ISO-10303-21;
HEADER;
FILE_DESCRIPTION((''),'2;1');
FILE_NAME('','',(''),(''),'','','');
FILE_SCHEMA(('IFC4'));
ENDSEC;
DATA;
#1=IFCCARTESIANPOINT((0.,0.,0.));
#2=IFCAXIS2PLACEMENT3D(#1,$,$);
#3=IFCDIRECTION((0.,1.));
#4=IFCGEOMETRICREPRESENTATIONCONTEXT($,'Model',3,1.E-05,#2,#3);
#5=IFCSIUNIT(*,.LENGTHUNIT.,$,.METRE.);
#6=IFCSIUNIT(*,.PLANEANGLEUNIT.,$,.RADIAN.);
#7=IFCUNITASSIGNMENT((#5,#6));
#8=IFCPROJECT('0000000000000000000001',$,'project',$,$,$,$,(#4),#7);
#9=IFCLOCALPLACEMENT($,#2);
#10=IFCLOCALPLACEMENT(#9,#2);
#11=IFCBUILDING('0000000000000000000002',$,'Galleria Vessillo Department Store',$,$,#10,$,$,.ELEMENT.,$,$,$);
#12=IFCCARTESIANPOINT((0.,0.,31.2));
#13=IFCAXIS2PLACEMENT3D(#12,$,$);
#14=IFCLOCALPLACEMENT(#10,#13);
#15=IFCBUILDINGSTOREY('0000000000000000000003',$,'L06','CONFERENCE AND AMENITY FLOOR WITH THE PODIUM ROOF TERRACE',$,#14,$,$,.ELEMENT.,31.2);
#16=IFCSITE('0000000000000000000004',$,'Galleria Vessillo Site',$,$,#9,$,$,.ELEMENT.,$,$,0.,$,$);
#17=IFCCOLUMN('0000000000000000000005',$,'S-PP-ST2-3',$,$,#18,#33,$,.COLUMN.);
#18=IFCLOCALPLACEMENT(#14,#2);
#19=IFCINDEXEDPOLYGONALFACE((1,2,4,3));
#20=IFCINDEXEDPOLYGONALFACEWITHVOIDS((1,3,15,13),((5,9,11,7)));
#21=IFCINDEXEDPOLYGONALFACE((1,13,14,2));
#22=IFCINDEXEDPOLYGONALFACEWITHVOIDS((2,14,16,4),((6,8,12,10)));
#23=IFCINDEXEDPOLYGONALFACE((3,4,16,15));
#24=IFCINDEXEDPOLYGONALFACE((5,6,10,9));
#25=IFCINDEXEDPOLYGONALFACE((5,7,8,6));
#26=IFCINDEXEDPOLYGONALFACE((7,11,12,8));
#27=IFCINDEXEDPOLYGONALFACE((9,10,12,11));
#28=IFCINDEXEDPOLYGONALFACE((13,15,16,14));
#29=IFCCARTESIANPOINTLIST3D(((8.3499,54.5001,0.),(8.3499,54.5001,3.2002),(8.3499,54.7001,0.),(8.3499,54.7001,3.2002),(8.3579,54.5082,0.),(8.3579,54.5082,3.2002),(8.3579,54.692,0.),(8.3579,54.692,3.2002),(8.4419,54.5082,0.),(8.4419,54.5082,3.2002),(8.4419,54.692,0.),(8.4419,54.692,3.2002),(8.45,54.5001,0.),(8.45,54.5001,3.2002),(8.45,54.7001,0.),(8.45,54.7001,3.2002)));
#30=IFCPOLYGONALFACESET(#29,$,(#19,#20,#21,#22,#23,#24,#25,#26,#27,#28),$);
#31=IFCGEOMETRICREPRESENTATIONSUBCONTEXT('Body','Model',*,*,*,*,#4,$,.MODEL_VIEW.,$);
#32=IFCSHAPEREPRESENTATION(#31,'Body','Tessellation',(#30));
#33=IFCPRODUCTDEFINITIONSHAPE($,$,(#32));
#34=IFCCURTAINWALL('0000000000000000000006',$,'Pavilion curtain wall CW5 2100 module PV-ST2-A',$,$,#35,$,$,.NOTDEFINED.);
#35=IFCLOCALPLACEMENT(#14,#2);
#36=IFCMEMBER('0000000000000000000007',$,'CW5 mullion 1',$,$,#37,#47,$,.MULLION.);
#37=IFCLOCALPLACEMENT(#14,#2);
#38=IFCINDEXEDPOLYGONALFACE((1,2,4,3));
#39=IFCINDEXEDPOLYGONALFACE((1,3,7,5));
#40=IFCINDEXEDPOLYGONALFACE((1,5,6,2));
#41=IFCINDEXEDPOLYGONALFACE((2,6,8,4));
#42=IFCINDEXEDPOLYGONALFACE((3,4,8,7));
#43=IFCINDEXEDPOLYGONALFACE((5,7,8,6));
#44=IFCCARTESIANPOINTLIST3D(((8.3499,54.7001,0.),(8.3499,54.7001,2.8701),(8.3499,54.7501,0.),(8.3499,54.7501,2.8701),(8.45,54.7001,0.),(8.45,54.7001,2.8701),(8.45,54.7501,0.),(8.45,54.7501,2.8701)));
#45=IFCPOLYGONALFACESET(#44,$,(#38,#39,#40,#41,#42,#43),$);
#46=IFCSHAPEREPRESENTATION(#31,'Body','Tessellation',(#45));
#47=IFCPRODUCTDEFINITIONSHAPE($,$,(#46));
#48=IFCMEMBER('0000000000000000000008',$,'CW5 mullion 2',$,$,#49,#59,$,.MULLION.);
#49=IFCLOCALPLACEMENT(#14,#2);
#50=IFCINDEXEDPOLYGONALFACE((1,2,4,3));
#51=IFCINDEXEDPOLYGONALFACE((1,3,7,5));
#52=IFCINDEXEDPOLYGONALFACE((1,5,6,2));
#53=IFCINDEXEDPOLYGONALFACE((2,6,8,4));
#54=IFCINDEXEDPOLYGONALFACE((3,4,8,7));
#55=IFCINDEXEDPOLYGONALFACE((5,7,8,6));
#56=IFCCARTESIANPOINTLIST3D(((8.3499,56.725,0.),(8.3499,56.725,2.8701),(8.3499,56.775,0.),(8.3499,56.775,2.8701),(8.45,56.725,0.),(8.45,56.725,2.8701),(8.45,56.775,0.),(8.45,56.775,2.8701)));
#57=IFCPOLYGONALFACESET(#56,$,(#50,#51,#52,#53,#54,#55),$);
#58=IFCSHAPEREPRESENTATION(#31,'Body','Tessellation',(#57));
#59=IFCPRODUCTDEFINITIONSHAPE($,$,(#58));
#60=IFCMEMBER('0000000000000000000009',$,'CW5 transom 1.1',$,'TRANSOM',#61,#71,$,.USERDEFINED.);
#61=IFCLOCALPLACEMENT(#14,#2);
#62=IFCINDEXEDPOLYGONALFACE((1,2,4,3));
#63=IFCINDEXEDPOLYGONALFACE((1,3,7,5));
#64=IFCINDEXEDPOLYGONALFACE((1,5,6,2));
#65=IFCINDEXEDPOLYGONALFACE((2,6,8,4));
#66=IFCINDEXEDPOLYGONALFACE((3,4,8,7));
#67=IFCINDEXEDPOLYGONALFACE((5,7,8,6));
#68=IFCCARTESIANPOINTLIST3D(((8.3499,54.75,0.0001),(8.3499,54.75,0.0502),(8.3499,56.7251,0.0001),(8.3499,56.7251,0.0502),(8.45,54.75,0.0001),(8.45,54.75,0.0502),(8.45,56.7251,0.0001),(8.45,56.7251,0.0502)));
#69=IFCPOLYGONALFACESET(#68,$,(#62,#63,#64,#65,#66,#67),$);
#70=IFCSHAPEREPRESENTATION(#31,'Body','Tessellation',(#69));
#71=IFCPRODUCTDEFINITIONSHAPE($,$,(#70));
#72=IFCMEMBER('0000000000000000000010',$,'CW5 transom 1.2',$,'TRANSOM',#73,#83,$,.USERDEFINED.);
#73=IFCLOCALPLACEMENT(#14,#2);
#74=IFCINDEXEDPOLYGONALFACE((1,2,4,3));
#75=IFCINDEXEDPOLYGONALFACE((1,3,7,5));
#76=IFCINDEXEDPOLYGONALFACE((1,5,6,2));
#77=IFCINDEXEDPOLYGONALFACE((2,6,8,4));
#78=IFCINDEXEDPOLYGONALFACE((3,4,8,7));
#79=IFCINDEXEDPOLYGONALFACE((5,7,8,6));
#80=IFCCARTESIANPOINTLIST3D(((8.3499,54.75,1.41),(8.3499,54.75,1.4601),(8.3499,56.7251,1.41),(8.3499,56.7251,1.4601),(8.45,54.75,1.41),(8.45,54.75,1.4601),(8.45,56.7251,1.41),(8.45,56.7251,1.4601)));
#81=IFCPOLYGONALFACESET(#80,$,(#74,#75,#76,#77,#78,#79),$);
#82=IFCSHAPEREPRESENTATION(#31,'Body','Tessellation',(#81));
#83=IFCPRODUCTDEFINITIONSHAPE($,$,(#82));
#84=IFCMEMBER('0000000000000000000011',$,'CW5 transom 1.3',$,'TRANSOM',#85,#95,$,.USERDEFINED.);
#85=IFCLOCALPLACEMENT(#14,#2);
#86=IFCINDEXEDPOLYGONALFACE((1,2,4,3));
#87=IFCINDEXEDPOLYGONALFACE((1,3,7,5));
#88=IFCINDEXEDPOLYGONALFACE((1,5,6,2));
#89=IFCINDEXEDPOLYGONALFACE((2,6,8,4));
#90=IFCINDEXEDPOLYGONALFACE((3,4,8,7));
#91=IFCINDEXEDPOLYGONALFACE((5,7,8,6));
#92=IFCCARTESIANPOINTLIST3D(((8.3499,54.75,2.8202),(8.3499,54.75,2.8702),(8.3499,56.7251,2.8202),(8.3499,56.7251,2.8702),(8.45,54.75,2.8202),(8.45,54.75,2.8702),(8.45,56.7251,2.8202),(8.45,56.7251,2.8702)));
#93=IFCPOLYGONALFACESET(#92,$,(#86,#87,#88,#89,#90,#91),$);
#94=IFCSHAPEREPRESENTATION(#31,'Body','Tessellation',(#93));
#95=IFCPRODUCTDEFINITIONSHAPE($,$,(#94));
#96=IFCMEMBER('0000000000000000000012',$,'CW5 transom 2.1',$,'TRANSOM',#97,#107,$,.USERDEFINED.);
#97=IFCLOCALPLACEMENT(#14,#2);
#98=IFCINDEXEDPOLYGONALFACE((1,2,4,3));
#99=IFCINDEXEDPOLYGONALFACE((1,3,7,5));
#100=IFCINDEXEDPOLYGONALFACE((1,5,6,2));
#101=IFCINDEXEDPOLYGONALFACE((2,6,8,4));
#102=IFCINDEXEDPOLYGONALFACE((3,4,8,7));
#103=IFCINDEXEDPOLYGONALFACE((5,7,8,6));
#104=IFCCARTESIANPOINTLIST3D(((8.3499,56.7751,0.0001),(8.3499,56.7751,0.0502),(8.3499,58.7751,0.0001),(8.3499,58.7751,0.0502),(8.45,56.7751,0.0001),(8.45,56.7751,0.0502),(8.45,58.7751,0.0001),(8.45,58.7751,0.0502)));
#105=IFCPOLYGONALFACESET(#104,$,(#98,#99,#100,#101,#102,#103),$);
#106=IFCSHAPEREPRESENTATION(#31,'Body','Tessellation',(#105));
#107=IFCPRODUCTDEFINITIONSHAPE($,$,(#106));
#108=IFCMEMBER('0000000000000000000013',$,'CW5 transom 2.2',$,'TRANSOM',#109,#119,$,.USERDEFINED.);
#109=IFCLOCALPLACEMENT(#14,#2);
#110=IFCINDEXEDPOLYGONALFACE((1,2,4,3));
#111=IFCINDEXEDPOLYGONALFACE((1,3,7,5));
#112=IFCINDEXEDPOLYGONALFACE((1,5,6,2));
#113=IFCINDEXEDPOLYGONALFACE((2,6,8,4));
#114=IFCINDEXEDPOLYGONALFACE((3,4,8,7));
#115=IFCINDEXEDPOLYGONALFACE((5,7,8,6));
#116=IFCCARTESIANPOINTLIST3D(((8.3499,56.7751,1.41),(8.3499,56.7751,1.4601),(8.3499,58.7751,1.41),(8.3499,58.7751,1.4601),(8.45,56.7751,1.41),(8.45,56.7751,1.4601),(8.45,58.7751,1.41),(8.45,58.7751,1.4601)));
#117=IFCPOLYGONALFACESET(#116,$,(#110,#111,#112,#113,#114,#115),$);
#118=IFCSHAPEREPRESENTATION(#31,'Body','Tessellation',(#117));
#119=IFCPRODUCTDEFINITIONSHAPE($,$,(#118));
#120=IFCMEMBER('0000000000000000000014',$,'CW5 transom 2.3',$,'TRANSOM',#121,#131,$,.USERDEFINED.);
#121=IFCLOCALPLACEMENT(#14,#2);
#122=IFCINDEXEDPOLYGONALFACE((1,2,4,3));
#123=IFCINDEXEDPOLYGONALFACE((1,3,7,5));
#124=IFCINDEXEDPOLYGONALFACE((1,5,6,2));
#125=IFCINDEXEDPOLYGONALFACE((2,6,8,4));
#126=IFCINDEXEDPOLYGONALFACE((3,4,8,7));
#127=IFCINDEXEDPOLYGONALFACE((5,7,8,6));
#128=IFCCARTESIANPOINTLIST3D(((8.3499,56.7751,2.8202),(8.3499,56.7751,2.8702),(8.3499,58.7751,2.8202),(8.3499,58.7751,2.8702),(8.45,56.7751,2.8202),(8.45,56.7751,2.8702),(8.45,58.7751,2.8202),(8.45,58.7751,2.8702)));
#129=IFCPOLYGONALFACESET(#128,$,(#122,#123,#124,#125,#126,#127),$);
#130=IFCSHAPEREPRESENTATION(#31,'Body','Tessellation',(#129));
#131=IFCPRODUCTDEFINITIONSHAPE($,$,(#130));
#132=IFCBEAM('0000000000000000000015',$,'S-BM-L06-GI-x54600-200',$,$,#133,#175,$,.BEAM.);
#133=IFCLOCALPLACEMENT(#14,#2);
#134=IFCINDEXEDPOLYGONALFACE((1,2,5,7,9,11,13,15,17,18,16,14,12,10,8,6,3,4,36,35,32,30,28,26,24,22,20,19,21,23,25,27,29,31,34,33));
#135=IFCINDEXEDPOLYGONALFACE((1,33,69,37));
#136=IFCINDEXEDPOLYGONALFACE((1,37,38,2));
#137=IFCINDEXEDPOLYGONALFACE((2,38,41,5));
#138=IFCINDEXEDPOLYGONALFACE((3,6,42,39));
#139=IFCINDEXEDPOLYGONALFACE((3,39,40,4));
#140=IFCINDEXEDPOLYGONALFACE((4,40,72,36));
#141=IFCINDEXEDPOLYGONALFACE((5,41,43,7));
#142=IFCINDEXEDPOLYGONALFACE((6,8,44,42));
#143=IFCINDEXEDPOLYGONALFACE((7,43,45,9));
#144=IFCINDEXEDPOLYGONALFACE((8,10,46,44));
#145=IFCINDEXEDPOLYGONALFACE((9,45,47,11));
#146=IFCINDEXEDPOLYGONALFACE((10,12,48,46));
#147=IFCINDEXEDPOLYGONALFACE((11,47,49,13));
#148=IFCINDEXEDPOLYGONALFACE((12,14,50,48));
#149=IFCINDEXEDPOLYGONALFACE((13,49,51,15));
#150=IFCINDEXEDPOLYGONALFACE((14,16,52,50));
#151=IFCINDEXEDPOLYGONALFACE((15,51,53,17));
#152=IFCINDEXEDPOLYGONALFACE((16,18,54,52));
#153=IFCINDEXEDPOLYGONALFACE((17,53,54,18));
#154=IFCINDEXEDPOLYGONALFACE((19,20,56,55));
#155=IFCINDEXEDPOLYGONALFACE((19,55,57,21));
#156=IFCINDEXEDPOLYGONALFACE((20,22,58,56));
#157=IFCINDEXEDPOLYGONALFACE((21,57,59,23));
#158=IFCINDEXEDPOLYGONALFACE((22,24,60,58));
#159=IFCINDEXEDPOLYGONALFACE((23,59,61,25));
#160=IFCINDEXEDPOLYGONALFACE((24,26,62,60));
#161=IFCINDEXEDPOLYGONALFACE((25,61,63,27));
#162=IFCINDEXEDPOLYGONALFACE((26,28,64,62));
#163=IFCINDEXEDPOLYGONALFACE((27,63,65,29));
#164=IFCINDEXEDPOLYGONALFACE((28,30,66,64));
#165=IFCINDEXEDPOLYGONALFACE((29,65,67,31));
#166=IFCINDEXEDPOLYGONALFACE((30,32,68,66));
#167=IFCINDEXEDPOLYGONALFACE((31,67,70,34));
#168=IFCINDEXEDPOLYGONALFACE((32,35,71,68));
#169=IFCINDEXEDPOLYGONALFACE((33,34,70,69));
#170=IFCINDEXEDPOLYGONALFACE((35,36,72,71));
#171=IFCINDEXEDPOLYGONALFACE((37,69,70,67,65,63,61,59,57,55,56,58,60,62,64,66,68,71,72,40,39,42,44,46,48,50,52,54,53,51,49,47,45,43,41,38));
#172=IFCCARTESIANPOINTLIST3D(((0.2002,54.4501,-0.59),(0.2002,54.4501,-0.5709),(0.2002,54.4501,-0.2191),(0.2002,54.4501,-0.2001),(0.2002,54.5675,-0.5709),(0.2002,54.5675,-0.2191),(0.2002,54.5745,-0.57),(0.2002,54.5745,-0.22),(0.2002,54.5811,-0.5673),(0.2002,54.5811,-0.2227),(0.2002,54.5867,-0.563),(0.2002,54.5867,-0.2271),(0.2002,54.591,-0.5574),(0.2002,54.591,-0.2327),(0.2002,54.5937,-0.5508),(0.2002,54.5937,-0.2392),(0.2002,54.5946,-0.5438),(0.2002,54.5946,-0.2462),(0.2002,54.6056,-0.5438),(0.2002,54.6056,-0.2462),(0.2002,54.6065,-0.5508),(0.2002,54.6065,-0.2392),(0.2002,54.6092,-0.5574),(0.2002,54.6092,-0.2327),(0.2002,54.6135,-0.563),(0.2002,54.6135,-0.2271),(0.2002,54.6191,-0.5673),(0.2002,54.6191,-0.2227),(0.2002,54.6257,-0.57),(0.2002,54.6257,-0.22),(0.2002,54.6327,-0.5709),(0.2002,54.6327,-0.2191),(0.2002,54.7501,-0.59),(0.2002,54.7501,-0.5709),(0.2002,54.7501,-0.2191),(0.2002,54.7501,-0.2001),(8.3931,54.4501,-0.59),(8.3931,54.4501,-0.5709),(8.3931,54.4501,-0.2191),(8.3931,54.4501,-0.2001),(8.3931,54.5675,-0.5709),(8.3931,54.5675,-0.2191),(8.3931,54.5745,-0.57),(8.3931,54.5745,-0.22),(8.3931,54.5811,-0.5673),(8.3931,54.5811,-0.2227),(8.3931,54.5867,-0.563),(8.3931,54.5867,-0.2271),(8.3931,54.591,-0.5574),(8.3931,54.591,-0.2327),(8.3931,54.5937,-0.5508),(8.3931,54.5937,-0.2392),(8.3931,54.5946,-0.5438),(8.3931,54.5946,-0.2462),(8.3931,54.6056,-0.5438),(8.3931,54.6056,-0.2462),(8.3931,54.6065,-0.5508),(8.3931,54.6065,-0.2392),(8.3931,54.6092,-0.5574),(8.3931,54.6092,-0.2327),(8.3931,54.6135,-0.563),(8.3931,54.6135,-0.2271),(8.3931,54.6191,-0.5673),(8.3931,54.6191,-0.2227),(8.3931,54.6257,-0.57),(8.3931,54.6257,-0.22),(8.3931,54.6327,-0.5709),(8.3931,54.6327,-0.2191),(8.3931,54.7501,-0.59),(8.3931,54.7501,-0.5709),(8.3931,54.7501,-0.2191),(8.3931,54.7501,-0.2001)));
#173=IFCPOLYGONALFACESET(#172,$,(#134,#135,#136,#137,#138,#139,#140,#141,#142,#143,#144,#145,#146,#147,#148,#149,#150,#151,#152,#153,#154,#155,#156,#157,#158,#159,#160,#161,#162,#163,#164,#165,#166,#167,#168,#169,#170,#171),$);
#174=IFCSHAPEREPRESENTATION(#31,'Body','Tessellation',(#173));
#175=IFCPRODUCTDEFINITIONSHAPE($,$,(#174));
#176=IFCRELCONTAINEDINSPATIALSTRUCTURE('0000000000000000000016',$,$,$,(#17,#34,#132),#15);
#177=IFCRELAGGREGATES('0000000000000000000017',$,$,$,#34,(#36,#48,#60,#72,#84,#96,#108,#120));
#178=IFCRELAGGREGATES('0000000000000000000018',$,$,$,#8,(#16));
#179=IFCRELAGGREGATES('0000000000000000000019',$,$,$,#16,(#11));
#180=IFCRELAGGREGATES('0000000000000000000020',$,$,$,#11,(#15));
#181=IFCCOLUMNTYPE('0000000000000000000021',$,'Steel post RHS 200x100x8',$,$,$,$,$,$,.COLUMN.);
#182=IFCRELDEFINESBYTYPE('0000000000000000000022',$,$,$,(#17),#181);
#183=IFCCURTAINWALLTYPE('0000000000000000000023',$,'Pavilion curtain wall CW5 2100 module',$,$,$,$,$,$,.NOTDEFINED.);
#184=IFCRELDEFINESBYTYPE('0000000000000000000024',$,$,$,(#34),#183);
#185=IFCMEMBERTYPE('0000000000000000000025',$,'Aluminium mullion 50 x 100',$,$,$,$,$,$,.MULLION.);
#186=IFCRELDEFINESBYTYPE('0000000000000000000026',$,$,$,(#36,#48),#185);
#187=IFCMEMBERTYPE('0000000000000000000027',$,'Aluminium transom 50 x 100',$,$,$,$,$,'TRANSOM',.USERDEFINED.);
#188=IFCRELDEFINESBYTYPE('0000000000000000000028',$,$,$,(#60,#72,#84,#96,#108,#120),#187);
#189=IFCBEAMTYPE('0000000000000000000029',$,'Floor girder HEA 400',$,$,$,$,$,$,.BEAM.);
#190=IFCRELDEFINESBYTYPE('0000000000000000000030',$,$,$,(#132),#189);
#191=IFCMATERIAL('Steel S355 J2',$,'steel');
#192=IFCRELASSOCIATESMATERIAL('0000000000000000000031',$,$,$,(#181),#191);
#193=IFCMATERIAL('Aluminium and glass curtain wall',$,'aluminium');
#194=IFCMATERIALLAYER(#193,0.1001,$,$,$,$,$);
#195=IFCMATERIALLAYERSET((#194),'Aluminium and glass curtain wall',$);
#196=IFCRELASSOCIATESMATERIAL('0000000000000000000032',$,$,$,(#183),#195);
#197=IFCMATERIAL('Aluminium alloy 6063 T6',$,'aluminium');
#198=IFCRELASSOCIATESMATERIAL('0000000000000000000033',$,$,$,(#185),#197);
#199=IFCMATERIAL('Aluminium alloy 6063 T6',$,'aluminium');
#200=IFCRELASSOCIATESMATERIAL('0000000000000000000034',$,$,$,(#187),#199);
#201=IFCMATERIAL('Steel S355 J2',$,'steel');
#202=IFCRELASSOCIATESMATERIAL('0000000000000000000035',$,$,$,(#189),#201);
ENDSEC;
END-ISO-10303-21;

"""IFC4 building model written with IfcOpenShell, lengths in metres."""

from ifc_helpers import new_model, si_unit, direction, frame, origin, origin_2d, place, context, subcontext, project, spatial, rectangle, hollow_rectangle, i_section, extrude, material, layer, layer_set, material_profile, profile_set, type_object, element, aggregate, save


model = new_model("IFC4")

# Units and contexts
model_context = context("Model", 3, precision=1e-05, world=origin(), true_north=direction((0.0, 1.0)))
body_context = subcontext(model_context, "Body", "Model", "MODEL_VIEW")
ifc_project = project(units=[si_unit("LENGTHUNIT", "METRE"), si_unit("PLANEANGLEUNIT", "RADIAN")], contexts=[model_context])

# Site, building, storey
site_placement = place(None, origin())
site = spatial("IfcSite", under=ifc_project, at=site_placement, Name="Galleria Vessillo Site", CompositionType="ELEMENT", RefElevation=0.0)
building_placement = place(site_placement, origin())
building = spatial("IfcBuilding", under=site, at=building_placement, Name="Galleria Vessillo Department Store", CompositionType="ELEMENT")
storey_placement = place(building_placement, frame((0.0, 0.0, 31.2)))
storey = spatial("IfcBuildingStorey", under=building, at=storey_placement, Name="L06", Description="CONFERENCE AND AMENITY FLOOR WITH THE PODIUM ROOF TERRACE", CompositionType="ELEMENT", Elevation=31.2)

# Column
ifc_material_1 = material(Name="Steel S355 J2", Category="steel")
ifc_material_profile_1 = material_profile(ifc_material_1, hollow_rectangle(XDim=0.1001, YDim=0.2, WallThickness=0.0081, at=origin_2d()), Name="RHS 200x100x8")
ifc_profile_set_1 = profile_set([ifc_material_profile_1], Name="Steel S355 J2")
column_type = type_object("IfcColumnType", Name="Steel post RHS 200x100x8", PredefinedType="COLUMN", material=ifc_profile_set_1)
column_placement = place(storey_placement, frame((8.3999, 54.6001, 0.0), z_axis=(0.0, 0.0, 1.0), x_axis=(1.0, 0.0, 0.0)))
element("IfcColumn", 1, at=column_placement, inside=storey, type_object=column_type, Name="S-PP-ST2-3", PredefinedType="COLUMN", context=body_context, shape_type="SweptSolid", body=[
    extrude(hollow_rectangle(XDim=0.1001, YDim=0.2, WallThickness=0.0081, at=origin_2d()), origin(), (0.0, 0.0, 1.0), 3.2002),
])

# Curtain wall, members
ifc_material_2 = material(Name="Aluminium and glass curtain wall", Category="aluminium")
ifc_layer_1 = layer(ifc_material_2, 0.1001)
ifc_layer_set_1 = layer_set([ifc_layer_1], Name="Aluminium and glass curtain wall")
curtain_wall_type = type_object("IfcCurtainWallType", Name="Pavilion curtain wall CW5 2100 module", PredefinedType="NOTDEFINED", material=ifc_layer_set_1)
curtain_wall_placement = place(storey_placement, origin())
curtain_wall = element("IfcCurtainWall", 2, at=curtain_wall_placement, inside=storey, type_object=curtain_wall_type, Name="Pavilion curtain wall CW5 2100 module PV-ST2-A", PredefinedType="NOTDEFINED")
ifc_material_3 = material(Name="Aluminium alloy 6063 T6", Category="aluminium")
ifc_material_profile_2 = material_profile(ifc_material_3, rectangle(XDim=0.1001, YDim=0.05, at=origin_2d()), Name="AL 50x100")
ifc_profile_set_2 = profile_set([ifc_material_profile_2], Name="Aluminium alloy 6063 T6")
member_type_1 = type_object("IfcMemberType", Name="Aluminium mullion 50 x 100", PredefinedType="MULLION", material=ifc_profile_set_2)
member_1_placement = place(storey_placement, frame((8.3999, 54.7251, 0.0), z_axis=(0.0, 0.0, 1.0), x_axis=(-1.0, 0.0, 0.0)))
member_1 = element("IfcMember", 3, at=member_1_placement, type_object=member_type_1, Name="CW5 mullion 1", PredefinedType="MULLION", context=body_context, shape_type="SweptSolid", body=[
    extrude(rectangle(XDim=0.1001, YDim=0.05, at=origin_2d()), origin(), (0.0, 0.0, 1.0), 2.8701),
])
member_2_placement = place(storey_placement, frame((8.3999, 56.75, 0.0), z_axis=(0.0, 0.0, 1.0), x_axis=(-1.0, 0.0, 0.0)))
member_2 = element("IfcMember", 4, at=member_2_placement, type_object=member_type_1, Name="CW5 mullion 2", PredefinedType="MULLION", context=body_context, shape_type="SweptSolid", body=[
    extrude(rectangle(XDim=0.1001, YDim=0.05, at=origin_2d()), origin(), (0.0, 0.0, 1.0), 2.8701),
])
ifc_material_4 = material(Name="Aluminium alloy 6063 T6", Category="aluminium")
ifc_material_profile_3 = material_profile(ifc_material_4, rectangle(XDim=0.1001, YDim=0.05, at=origin_2d()), Name="AL 50x100")
ifc_profile_set_3 = profile_set([ifc_material_profile_3], Name="Aluminium alloy 6063 T6")
member_type_2 = type_object("IfcMemberType", Name="Aluminium transom 50 x 100", ElementType="TRANSOM", PredefinedType="USERDEFINED", material=ifc_profile_set_3)
member_3_placement = place(storey_placement, frame((8.3999, 54.75, 0.0251), z_axis=(0.0, 1.0, 0.0), x_axis=(-1.0, 0.0, 0.0)))
member_3 = element("IfcMember", 5, at=member_3_placement, type_object=member_type_2, Name="CW5 transom 1.1", ObjectType="TRANSOM", PredefinedType="USERDEFINED", context=body_context, shape_type="SweptSolid", body=[
    extrude(rectangle(XDim=0.1001, YDim=0.05, at=origin_2d()), origin(), (0.0, 0.0, 1.0), 1.9751),
])
member_4_placement = place(storey_placement, frame((8.3999, 54.75, 1.4351), z_axis=(0.0, 1.0, 0.0), x_axis=(-1.0, 0.0, 0.0)))
member_4 = element("IfcMember", 6, at=member_4_placement, type_object=member_type_2, Name="CW5 transom 1.2", ObjectType="TRANSOM", PredefinedType="USERDEFINED", context=body_context, shape_type="SweptSolid", body=[
    extrude(rectangle(XDim=0.1001, YDim=0.05, at=origin_2d()), origin(), (0.0, 0.0, 1.0), 1.9751),
])
member_5_placement = place(storey_placement, frame((8.3999, 54.75, 2.8452), z_axis=(0.0, 1.0, 0.0), x_axis=(-1.0, 0.0, 0.0)))
member_5 = element("IfcMember", 7, at=member_5_placement, type_object=member_type_2, Name="CW5 transom 1.3", ObjectType="TRANSOM", PredefinedType="USERDEFINED", context=body_context, shape_type="SweptSolid", body=[
    extrude(rectangle(XDim=0.1001, YDim=0.05, at=origin_2d()), origin(), (0.0, 0.0, 1.0), 1.9751),
])
member_6_placement = place(storey_placement, frame((8.3999, 56.7751, 0.0251), z_axis=(0.0, 1.0, 0.0), x_axis=(-1.0, 0.0, 0.0)))
member_6 = element("IfcMember", 8, at=member_6_placement, type_object=member_type_2, Name="CW5 transom 2.1", ObjectType="TRANSOM", PredefinedType="USERDEFINED", context=body_context, shape_type="SweptSolid", body=[
    extrude(rectangle(XDim=0.1001, YDim=0.05, at=origin_2d()), origin(), (0.0, 0.0, 1.0), 2.0),
])
member_7_placement = place(storey_placement, frame((8.3999, 56.7751, 1.4351), z_axis=(0.0, 1.0, 0.0), x_axis=(-1.0, 0.0, 0.0)))
member_7 = element("IfcMember", 9, at=member_7_placement, type_object=member_type_2, Name="CW5 transom 2.2", ObjectType="TRANSOM", PredefinedType="USERDEFINED", context=body_context, shape_type="SweptSolid", body=[
    extrude(rectangle(XDim=0.1001, YDim=0.05, at=origin_2d()), origin(), (0.0, 0.0, 1.0), 2.0),
])
member_8_placement = place(storey_placement, frame((8.3999, 56.7751, 2.8452), z_axis=(0.0, 1.0, 0.0), x_axis=(-1.0, 0.0, 0.0)))
member_8 = element("IfcMember", 10, at=member_8_placement, type_object=member_type_2, Name="CW5 transom 2.3", ObjectType="TRANSOM", PredefinedType="USERDEFINED", context=body_context, shape_type="SweptSolid", body=[
    extrude(rectangle(XDim=0.1001, YDim=0.05, at=origin_2d()), origin(), (0.0, 0.0, 1.0), 2.0),
])

# Beam
ifc_material_5 = material(Name="Steel S355 J2", Category="steel")
ifc_material_profile_4 = material_profile(ifc_material_5, i_section(OverallWidth=0.3, OverallDepth=0.3899, WebThickness=0.011, FlangeThickness=0.019, FilletRadius=0.0271, at=origin_2d()), Name="HEA 400")
ifc_profile_set_4 = profile_set([ifc_material_profile_4], Name="Steel S355 J2")
beam_type_1 = type_object("IfcBeamType", Name="Floor girder HEA 400", PredefinedType="BEAM", material=ifc_profile_set_4)
beam_1_placement = place(storey_placement, frame((0.2002, 54.6001, -0.395), z_axis=(1.0, 0.0, 0.0), x_axis=(0.0, 1.0, 0.0)))
element("IfcBeam", 11, at=beam_1_placement, inside=storey, type_object=beam_type_1, Name="S-BM-L06-GI-x54600-200", PredefinedType="BEAM", context=body_context, shape_type="SweptSolid", body=[
    extrude(i_section(OverallWidth=0.3, OverallDepth=0.3899, WebThickness=0.011, FlangeThickness=0.019, FilletRadius=0.0271, at=origin_2d()), origin(), (0.0, 0.0, 1.0), 8.1929),
])

aggregate(curtain_wall, [member_1, member_2, member_3, member_4, member_5, member_6, member_7, member_8])

save(model, "model.ifc")
